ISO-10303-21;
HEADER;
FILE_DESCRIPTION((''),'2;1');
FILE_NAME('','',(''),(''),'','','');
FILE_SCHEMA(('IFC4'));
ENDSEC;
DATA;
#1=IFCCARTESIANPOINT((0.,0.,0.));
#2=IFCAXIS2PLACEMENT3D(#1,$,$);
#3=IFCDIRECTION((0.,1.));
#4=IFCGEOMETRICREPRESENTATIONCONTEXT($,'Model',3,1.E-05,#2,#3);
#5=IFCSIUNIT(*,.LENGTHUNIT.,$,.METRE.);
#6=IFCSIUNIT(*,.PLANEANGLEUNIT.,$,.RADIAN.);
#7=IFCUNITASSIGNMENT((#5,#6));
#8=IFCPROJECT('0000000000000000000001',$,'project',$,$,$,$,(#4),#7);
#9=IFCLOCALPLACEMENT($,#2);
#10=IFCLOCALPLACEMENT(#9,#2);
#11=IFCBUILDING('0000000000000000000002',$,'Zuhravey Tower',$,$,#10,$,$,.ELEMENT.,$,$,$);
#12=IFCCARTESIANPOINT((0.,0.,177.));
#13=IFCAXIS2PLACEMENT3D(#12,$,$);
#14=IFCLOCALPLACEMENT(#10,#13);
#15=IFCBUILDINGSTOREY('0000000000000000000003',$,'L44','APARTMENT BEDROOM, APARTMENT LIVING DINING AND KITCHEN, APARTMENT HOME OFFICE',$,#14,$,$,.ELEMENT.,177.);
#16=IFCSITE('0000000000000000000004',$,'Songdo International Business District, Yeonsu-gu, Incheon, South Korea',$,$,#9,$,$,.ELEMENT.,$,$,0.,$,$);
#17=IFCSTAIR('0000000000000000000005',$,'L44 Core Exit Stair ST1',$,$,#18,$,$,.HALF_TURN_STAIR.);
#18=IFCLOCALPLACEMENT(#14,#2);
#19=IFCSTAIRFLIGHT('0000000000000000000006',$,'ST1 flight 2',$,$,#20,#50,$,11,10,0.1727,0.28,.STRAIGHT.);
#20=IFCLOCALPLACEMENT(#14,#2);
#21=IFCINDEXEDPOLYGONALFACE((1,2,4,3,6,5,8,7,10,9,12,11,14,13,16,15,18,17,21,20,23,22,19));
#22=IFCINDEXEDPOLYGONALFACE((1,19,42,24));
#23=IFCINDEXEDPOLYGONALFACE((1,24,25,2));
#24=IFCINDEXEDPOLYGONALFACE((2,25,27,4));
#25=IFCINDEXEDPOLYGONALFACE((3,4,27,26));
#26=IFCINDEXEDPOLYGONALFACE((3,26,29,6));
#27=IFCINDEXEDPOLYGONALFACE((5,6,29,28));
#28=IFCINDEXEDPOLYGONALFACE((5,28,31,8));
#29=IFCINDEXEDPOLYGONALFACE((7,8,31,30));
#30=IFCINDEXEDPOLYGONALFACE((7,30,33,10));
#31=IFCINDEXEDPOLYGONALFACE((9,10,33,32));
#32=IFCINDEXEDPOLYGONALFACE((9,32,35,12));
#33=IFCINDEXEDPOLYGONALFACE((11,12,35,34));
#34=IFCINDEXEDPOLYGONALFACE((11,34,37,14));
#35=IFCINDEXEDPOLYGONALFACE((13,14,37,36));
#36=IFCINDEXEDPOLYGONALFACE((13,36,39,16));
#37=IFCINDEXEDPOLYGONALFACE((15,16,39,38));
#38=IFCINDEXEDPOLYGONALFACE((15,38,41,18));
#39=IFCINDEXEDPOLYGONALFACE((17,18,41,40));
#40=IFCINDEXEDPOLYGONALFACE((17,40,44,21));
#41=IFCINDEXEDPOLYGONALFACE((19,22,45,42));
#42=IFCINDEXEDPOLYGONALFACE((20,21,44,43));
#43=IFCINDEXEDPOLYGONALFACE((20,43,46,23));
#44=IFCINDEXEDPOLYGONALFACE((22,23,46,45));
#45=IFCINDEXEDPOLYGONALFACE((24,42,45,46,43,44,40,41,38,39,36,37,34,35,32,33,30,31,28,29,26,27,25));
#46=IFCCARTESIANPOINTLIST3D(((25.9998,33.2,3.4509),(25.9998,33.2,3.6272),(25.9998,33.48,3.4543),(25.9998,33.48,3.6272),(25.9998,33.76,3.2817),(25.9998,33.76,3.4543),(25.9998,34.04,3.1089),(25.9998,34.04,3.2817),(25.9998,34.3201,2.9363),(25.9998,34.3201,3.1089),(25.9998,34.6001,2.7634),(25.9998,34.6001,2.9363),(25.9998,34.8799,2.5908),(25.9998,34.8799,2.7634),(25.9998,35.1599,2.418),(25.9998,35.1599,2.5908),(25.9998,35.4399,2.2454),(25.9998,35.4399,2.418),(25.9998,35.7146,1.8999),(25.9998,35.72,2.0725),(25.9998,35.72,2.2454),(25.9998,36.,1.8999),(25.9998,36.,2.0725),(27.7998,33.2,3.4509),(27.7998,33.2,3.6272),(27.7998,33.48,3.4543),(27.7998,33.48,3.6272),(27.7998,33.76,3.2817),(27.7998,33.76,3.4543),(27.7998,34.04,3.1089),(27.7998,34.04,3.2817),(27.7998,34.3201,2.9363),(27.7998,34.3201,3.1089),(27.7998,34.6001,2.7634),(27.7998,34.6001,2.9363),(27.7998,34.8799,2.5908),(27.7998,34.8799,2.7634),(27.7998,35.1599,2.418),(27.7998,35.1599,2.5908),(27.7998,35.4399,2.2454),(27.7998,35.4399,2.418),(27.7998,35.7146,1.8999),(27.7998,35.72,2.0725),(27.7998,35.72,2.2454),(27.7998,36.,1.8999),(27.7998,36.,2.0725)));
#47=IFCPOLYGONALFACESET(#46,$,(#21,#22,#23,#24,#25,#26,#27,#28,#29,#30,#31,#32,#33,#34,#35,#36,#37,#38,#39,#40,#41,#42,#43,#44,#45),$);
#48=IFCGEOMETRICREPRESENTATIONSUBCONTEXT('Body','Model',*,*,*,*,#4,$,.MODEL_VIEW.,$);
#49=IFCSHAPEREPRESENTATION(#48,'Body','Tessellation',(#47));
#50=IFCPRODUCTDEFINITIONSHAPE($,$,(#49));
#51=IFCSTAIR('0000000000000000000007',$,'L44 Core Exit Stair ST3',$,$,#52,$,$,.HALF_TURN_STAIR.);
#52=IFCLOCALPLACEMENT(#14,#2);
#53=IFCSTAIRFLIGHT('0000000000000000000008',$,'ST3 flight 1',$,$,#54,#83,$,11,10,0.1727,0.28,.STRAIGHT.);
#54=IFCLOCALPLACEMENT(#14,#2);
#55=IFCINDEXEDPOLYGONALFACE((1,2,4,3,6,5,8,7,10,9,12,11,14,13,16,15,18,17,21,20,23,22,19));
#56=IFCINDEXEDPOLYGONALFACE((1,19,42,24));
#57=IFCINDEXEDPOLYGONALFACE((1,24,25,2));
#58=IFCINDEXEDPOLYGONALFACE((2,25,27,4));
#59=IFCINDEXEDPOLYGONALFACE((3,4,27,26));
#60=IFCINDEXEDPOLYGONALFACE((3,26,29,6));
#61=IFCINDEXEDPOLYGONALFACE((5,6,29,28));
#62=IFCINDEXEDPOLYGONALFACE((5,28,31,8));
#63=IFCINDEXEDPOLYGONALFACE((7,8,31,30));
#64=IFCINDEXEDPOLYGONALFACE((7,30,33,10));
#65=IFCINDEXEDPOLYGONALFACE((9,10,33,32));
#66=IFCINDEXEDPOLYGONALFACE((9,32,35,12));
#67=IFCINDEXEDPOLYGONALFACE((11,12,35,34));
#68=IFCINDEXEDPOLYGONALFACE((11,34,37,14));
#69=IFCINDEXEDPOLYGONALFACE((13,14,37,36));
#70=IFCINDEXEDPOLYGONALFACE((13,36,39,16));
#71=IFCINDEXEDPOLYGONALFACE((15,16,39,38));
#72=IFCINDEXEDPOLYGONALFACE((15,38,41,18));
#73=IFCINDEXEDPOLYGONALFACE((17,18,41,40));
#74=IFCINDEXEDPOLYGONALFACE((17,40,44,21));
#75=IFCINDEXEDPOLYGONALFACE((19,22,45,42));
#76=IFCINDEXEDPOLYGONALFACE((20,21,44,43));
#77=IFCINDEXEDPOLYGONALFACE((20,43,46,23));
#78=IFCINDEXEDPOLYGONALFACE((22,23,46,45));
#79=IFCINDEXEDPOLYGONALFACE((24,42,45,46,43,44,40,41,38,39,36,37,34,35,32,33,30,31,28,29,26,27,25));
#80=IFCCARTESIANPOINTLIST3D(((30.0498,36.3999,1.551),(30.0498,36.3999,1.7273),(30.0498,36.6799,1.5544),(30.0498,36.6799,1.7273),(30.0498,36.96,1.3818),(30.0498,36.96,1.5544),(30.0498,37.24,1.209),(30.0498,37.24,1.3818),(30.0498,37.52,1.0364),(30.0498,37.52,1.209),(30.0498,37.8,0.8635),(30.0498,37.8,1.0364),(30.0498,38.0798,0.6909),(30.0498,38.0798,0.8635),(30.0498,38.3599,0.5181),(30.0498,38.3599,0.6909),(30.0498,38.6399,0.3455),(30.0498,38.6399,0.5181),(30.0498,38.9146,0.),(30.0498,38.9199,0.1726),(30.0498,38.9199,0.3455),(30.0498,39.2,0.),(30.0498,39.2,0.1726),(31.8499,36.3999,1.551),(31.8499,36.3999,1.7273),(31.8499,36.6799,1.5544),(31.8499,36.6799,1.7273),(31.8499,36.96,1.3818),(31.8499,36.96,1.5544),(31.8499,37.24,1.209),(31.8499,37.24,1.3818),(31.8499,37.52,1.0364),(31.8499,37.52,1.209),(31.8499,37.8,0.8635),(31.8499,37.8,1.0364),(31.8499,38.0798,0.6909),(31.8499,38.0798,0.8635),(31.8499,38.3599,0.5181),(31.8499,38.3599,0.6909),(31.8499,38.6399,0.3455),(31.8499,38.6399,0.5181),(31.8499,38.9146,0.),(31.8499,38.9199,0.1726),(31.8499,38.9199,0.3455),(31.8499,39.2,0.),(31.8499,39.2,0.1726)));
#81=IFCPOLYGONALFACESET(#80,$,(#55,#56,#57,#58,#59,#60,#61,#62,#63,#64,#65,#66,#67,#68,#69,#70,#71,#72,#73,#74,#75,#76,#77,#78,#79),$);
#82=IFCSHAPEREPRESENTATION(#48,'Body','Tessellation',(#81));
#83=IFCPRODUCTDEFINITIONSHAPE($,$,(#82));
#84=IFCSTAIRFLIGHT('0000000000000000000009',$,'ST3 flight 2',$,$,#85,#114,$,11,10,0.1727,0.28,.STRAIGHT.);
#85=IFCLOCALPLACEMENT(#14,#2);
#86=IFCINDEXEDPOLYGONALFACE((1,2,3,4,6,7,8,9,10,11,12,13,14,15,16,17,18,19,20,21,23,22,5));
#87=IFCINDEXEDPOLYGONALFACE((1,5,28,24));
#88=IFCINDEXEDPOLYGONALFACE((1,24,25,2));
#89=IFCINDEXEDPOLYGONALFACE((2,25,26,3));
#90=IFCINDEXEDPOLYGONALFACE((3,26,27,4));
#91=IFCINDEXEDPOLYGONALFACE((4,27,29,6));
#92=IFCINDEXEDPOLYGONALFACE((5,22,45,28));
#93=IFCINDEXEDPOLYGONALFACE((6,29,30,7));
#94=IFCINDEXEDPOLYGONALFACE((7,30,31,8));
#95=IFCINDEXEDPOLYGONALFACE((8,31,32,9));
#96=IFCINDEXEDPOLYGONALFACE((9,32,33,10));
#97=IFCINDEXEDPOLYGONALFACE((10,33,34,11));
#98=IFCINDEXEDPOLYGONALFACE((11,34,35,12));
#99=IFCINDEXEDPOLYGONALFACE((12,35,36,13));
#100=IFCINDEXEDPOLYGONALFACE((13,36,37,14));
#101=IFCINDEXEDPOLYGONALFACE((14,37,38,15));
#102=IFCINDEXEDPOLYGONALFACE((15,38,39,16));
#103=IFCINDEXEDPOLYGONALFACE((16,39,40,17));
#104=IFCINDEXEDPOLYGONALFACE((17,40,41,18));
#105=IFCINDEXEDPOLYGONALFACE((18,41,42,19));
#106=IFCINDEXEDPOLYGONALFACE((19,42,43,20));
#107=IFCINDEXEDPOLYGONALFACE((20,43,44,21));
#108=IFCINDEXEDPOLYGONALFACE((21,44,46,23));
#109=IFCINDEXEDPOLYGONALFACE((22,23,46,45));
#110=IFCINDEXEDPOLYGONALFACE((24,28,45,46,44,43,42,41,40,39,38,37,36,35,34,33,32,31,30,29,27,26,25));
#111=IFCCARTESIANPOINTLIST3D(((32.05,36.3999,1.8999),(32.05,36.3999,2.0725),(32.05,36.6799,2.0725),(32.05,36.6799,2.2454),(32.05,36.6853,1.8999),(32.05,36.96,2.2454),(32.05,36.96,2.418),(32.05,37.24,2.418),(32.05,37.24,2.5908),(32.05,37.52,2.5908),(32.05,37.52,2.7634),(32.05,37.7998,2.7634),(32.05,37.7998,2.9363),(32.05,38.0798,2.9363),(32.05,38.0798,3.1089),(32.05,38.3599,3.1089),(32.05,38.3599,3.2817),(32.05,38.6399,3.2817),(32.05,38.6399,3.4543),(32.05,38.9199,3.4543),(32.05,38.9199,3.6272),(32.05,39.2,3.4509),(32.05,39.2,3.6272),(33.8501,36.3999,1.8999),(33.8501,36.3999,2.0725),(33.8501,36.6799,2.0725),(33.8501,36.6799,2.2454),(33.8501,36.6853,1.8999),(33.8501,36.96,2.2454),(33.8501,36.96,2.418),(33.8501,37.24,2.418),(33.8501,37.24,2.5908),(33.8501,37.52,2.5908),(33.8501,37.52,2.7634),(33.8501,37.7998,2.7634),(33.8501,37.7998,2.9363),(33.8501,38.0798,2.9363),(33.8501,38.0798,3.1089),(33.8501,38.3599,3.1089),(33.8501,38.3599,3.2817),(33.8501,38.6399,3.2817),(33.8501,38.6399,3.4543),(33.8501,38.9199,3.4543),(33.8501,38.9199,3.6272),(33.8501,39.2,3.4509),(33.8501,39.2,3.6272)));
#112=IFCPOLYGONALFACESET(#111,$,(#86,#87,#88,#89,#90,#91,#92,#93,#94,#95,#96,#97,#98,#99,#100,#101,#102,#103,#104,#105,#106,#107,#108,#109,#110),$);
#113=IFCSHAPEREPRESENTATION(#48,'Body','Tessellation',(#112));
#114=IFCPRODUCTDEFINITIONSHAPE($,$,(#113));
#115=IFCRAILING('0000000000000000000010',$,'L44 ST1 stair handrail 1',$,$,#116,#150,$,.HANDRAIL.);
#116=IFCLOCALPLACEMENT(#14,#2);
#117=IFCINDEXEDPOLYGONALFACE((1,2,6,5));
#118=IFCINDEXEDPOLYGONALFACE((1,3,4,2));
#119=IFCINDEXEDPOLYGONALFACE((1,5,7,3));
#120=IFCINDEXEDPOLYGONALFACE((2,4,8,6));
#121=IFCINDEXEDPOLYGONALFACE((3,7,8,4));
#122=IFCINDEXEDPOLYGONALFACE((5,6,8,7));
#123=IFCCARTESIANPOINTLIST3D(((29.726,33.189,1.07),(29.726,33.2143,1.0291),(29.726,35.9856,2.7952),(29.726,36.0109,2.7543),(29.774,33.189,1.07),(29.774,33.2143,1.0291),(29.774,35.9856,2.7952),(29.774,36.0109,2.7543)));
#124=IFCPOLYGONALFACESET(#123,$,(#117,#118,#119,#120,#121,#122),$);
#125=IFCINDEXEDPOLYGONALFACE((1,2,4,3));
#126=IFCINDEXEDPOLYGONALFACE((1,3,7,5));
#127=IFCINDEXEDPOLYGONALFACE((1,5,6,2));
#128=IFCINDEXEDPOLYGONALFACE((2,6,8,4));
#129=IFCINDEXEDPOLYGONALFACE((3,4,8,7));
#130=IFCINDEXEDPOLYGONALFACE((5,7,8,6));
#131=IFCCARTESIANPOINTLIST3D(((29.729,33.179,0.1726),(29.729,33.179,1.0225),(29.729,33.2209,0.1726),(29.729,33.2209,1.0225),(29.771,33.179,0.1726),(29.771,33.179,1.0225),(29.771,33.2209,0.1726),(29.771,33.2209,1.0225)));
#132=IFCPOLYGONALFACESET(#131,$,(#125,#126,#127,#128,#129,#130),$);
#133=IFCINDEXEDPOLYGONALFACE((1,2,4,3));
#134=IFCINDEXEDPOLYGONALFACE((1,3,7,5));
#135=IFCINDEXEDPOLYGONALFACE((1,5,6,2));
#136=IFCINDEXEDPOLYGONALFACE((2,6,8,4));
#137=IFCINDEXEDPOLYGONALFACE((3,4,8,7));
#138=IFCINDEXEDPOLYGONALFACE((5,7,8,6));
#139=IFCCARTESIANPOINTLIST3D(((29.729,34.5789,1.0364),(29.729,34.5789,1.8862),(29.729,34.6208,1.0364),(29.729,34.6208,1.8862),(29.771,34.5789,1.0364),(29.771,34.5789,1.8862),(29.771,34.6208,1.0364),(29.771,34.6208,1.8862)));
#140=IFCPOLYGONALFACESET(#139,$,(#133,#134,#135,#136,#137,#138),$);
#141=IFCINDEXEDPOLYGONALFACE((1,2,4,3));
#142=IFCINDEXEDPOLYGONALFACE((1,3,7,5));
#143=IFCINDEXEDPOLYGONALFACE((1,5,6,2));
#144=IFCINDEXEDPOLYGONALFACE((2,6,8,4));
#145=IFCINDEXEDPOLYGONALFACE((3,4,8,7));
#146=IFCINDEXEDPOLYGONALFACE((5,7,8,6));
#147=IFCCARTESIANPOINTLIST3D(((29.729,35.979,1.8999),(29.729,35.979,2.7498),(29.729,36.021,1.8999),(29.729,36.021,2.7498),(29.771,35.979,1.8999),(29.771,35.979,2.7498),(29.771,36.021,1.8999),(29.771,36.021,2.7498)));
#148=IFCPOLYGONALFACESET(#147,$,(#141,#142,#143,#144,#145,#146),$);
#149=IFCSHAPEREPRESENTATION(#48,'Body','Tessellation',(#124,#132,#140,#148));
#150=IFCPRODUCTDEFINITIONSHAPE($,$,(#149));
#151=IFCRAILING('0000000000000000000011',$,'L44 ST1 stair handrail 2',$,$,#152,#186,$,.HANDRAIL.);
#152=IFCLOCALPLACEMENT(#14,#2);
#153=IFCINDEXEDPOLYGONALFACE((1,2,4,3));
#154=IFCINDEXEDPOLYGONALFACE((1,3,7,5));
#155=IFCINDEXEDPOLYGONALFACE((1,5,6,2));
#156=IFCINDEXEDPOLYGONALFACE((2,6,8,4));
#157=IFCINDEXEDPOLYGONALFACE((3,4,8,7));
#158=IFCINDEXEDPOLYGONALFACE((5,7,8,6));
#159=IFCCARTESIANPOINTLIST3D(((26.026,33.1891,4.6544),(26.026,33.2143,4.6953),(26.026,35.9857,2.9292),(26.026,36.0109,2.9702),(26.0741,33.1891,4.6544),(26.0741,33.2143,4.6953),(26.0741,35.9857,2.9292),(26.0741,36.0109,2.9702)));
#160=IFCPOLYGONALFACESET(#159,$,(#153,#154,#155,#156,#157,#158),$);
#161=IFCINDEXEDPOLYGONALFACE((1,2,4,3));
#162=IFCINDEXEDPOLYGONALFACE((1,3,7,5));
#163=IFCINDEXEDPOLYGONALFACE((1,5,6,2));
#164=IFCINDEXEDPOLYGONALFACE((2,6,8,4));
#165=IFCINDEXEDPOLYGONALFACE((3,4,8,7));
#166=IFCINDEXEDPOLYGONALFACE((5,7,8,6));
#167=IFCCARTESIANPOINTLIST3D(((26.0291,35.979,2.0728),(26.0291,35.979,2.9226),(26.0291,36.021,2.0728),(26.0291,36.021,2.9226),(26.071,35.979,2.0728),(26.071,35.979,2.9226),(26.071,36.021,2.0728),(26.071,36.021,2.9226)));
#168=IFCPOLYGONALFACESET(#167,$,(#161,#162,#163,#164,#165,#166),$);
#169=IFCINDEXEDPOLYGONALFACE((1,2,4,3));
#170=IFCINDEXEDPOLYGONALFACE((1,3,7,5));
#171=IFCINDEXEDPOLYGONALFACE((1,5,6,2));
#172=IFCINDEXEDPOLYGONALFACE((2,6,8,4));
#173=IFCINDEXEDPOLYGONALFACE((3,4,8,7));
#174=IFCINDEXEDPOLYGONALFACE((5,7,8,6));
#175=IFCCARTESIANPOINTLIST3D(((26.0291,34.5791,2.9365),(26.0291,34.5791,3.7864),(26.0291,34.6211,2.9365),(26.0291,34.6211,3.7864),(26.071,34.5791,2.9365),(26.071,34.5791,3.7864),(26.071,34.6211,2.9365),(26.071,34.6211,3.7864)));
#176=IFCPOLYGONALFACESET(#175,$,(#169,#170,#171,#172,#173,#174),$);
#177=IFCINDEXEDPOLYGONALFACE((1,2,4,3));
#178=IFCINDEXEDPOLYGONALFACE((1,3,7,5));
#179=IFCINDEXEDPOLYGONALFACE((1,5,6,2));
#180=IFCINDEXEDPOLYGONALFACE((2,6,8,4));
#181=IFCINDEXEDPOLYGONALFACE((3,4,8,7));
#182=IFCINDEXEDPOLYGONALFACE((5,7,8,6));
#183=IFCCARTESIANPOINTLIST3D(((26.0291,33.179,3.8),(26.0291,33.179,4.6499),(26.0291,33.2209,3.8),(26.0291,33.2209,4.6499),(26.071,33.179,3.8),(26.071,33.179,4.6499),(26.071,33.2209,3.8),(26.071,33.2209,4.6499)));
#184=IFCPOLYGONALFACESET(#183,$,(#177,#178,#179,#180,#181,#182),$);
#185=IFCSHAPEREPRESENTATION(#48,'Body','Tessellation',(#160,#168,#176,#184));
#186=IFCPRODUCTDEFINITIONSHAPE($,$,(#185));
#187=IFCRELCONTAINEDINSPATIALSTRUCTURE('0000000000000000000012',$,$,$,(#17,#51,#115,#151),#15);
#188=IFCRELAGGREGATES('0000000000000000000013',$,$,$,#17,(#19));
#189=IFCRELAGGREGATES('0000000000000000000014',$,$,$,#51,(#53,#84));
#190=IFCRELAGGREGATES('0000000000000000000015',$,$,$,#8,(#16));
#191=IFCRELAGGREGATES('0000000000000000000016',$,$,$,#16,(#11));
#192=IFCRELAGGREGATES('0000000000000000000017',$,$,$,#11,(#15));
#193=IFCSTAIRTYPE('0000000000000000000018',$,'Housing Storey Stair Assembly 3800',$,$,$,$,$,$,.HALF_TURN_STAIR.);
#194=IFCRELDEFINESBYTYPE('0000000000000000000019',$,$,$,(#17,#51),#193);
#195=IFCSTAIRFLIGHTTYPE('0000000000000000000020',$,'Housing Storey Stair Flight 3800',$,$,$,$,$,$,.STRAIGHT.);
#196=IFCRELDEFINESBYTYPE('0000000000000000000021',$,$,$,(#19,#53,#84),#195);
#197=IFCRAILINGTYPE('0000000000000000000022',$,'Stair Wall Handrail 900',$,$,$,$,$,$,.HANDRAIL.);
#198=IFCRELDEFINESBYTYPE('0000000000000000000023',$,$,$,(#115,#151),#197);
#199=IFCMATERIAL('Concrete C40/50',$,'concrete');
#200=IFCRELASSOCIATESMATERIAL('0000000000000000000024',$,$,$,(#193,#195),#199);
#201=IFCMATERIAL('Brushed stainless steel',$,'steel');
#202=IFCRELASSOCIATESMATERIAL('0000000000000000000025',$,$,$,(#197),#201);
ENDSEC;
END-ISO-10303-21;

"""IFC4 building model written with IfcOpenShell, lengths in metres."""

from ifc_helpers import new_model, si_unit, direction, frame, origin, origin_2d, place, context, subcontext, project, spatial, polyline, rectangle, outline, extrude, material, type_object, element, aggregate, save


model = new_model("IFC4")

# Units and contexts
model_context = context("Model", 3, precision=1e-05, world=origin(), true_north=direction((0.0, 1.0)))
body_context = subcontext(model_context, "Body", "Model", "MODEL_VIEW")
ifc_project = project(units=[si_unit("LENGTHUNIT", "METRE"), si_unit("PLANEANGLEUNIT", "RADIAN")], contexts=[model_context])

# Site, building, storey
site_placement = place(None, origin())
site = spatial("IfcSite", under=ifc_project, at=site_placement, Name="Songdo International Business District, Yeonsu-gu, Incheon, South Korea", CompositionType="ELEMENT", RefElevation=0.0)
building_placement = place(site_placement, origin())
building = spatial("IfcBuilding", under=site, at=building_placement, Name="Zuhravey Tower", CompositionType="ELEMENT")
storey_placement = place(building_placement, frame((0.0, 0.0, 177.0)))
storey = spatial("IfcBuildingStorey", under=building, at=storey_placement, Name="L44", Description="APARTMENT BEDROOM, APARTMENT LIVING DINING AND KITCHEN, APARTMENT HOME OFFICE", CompositionType="ELEMENT", Elevation=177.0)

# Stairs, stair flights
ifc_material_1 = material(Name="Concrete C40/50", Category="concrete")
stair_type = type_object("IfcStairType", Name="Housing Storey Stair Assembly 3800", PredefinedType="HALF_TURN_STAIR", material=ifc_material_1)
stair_1_placement = place(storey_placement, origin())
stair_1 = element("IfcStair", 1, at=stair_1_placement, inside=storey, type_object=stair_type, Name="L44 Core Exit Stair ST1", PredefinedType="HALF_TURN_STAIR")
stair_flight_type = type_object("IfcStairFlightType", Name="Housing Storey Stair Flight 3800", PredefinedType="STRAIGHT", material=ifc_material_1)
stair_flight_1_placement = place(storey_placement, frame((26.8999, 36.0, 1.8999), z_axis=(0.0, 0.0, 1.0), x_axis=(0.0, -1.0, 0.0)))
stair_flight_1 = element("IfcStairFlight", 2, at=stair_flight_1_placement, type_object=stair_flight_type, Name="ST1 flight 2", NumberOfRisers=11, NumberOfTreads=10, PredefinedType="STRAIGHT", RiserHeight=0.1727, TreadLength=0.28, context=body_context, shape_type="SweptSolid", body=[
    extrude(outline(polyline([(0.0, 0.0), (0.0, 0.1726), (0.28, 0.1726), (0.28, 0.3455), (0.5601, 0.3455), (0.5601, 0.5181), (0.8401, 0.5181), (0.8401, 0.6909), (1.1201, 0.6909), (1.1201, 0.8635), (1.3999, 0.8635), (1.3999, 1.0364), (1.6799, 1.0364), (1.6799, 1.209), (1.96, 1.209), (1.96, 1.3818), (2.24, 1.3818), (2.24, 1.5544), (2.52, 1.5544), (2.52, 1.7273), (2.8, 1.7273), (2.8, 1.8999), (2.8, 1.551), (0.2854, 0.0), (0.0, 0.0)])), frame((0.0, 0.8999, 0.0), z_axis=(0.0, -1.0, 0.0), x_axis=(1.0, 0.0, 0.0)), (0.0, 0.0, 1.0), 1.8),
])
aggregate(stair_1, [stair_flight_1])
stair_2_placement = place(storey_placement, origin())
stair_2 = element("IfcStair", 3, at=stair_2_placement, inside=storey, type_object=stair_type, Name="L44 Core Exit Stair ST3", PredefinedType="HALF_TURN_STAIR")
stair_flight_2_placement = place(storey_placement, frame((30.95, 39.2, 0.0), z_axis=(0.0, 0.0, 1.0), x_axis=(0.0, -1.0, 0.0)))
stair_flight_2 = element("IfcStairFlight", 4, at=stair_flight_2_placement, type_object=stair_flight_type, Name="ST3 flight 1", NumberOfRisers=11, NumberOfTreads=10, PredefinedType="STRAIGHT", RiserHeight=0.1727, TreadLength=0.28, context=body_context, shape_type="SweptSolid", body=[
    extrude(outline(polyline([(0.0, 0.0), (0.0, 0.1726), (0.28, 0.1726), (0.28, 0.3455), (0.5601, 0.3455), (0.5601, 0.5181), (0.8401, 0.5181), (0.8401, 0.6909), (1.1201, 0.6909), (1.1201, 0.8635), (1.3999, 0.8635), (1.3999, 1.0364), (1.6799, 1.0364), (1.6799, 1.209), (1.96, 1.209), (1.96, 1.3818), (2.24, 1.3818), (2.24, 1.5544), (2.52, 1.5544), (2.52, 1.7273), (2.8, 1.7273), (2.8, 1.8999), (2.8, 1.551), (0.2854, 0.0), (0.0, 0.0)])), frame((0.0, 0.8999, 0.0), z_axis=(0.0, -1.0, 0.0), x_axis=(1.0, 0.0, 0.0)), (0.0, 0.0, 1.0), 1.8),
])
stair_flight_3_placement = place(storey_placement, frame((32.95, 36.3999, 1.8999), z_axis=(0.0, 0.0, 1.0), x_axis=(0.0, 1.0, 0.0)))
stair_flight_3 = element("IfcStairFlight", 5, at=stair_flight_3_placement, type_object=stair_flight_type, Name="ST3 flight 2", NumberOfRisers=11, NumberOfTreads=10, PredefinedType="STRAIGHT", RiserHeight=0.1727, TreadLength=0.28, context=body_context, shape_type="SweptSolid", body=[
    extrude(outline(polyline([(0.0, 0.0), (0.0, 0.1726), (0.28, 0.1726), (0.28, 0.3455), (0.5601, 0.3455), (0.5601, 0.5181), (0.8401, 0.5181), (0.8401, 0.6909), (1.1201, 0.6909), (1.1201, 0.8635), (1.3999, 0.8635), (1.3999, 1.0364), (1.6799, 1.0364), (1.6799, 1.209), (1.96, 1.209), (1.96, 1.3818), (2.24, 1.3818), (2.24, 1.5544), (2.52, 1.5544), (2.52, 1.7273), (2.8, 1.7273), (2.8, 1.8999), (2.8, 1.551), (0.2854, 0.0), (0.0, 0.0)])), frame((0.0, 0.8999, 0.0), z_axis=(0.0, -1.0, 0.0), x_axis=(1.0, 0.0, 0.0)), (0.0, 0.0, 1.0), 1.8),
])
aggregate(stair_2, [stair_flight_2, stair_flight_3])

# Railings
ifc_material_2 = material(Name="Brushed stainless steel", Category="steel")
railing_type_1 = type_object("IfcRailingType", Name="Stair Wall Handrail 900", PredefinedType="HANDRAIL", material=ifc_material_2)
railing_1_placement = place(storey_placement, frame((29.75, 33.2, 0.1726)))
element("IfcRailing", 6, at=railing_1_placement, inside=storey, type_object=railing_type_1, Name="L44 ST1 stair handrail 1", PredefinedType="HANDRAIL", context=body_context, shape_type="SweptSolid", body=[
    extrude(rectangle(XDim=0.0481, YDim=0.0481, at=origin_2d()), frame((0.0, 0.0017, 0.877), z_axis=(0.0, 0.85109, 0.52502), x_axis=(-1.0, 0.0, 0.0)), (0.0, 0.0, 1.0), 3.2859),
    extrude(rectangle(XDim=0.042, YDim=0.042, at=origin_2d()), origin(), (0.0, 0.0, 1.0), 0.8499),
    extrude(rectangle(XDim=0.042, YDim=0.042, at=origin_2d()), frame((0.0, 1.3999, 0.8638)), (0.0, 0.0, 1.0), 0.8499),
    extrude(rectangle(XDim=0.042, YDim=0.042, at=origin_2d()), frame((0.0, 2.8, 1.7273)), (0.0, 0.0, 1.0), 0.8499),
])
for number, where, name in (
    (7, (26.05, 36.0, 2.0728), "L44 ST1 stair handrail 2"),
):
    element("IfcRailing", number, at=place(storey_placement, frame(where)), inside=storey, type_object=railing_type_1, Name=name, PredefinedType="HANDRAIL", context=body_context, shape_type="SweptSolid", body=[
        extrude(rectangle(XDim=0.0481, YDim=0.0481, at=origin_2d()), frame((0.0, -0.0017, 0.877), z_axis=(0.0, -0.85109, 0.52502), x_axis=(1.0, 0.0, 0.0)), (0.0, 0.0, 1.0), 3.2859),
        extrude(rectangle(XDim=0.042, YDim=0.042, at=origin_2d()), origin(), (0.0, 0.0, 1.0), 0.8499),
        extrude(rectangle(XDim=0.042, YDim=0.042, at=origin_2d()), frame((0.0, -1.3999, 0.8638)), (0.0, 0.0, 1.0), 0.8499),
        extrude(rectangle(XDim=0.042, YDim=0.042, at=origin_2d()), frame((0.0, -2.8, 1.7273)), (0.0, 0.0, 1.0), 0.8499),
    ])

save(model, "model.ifc")
